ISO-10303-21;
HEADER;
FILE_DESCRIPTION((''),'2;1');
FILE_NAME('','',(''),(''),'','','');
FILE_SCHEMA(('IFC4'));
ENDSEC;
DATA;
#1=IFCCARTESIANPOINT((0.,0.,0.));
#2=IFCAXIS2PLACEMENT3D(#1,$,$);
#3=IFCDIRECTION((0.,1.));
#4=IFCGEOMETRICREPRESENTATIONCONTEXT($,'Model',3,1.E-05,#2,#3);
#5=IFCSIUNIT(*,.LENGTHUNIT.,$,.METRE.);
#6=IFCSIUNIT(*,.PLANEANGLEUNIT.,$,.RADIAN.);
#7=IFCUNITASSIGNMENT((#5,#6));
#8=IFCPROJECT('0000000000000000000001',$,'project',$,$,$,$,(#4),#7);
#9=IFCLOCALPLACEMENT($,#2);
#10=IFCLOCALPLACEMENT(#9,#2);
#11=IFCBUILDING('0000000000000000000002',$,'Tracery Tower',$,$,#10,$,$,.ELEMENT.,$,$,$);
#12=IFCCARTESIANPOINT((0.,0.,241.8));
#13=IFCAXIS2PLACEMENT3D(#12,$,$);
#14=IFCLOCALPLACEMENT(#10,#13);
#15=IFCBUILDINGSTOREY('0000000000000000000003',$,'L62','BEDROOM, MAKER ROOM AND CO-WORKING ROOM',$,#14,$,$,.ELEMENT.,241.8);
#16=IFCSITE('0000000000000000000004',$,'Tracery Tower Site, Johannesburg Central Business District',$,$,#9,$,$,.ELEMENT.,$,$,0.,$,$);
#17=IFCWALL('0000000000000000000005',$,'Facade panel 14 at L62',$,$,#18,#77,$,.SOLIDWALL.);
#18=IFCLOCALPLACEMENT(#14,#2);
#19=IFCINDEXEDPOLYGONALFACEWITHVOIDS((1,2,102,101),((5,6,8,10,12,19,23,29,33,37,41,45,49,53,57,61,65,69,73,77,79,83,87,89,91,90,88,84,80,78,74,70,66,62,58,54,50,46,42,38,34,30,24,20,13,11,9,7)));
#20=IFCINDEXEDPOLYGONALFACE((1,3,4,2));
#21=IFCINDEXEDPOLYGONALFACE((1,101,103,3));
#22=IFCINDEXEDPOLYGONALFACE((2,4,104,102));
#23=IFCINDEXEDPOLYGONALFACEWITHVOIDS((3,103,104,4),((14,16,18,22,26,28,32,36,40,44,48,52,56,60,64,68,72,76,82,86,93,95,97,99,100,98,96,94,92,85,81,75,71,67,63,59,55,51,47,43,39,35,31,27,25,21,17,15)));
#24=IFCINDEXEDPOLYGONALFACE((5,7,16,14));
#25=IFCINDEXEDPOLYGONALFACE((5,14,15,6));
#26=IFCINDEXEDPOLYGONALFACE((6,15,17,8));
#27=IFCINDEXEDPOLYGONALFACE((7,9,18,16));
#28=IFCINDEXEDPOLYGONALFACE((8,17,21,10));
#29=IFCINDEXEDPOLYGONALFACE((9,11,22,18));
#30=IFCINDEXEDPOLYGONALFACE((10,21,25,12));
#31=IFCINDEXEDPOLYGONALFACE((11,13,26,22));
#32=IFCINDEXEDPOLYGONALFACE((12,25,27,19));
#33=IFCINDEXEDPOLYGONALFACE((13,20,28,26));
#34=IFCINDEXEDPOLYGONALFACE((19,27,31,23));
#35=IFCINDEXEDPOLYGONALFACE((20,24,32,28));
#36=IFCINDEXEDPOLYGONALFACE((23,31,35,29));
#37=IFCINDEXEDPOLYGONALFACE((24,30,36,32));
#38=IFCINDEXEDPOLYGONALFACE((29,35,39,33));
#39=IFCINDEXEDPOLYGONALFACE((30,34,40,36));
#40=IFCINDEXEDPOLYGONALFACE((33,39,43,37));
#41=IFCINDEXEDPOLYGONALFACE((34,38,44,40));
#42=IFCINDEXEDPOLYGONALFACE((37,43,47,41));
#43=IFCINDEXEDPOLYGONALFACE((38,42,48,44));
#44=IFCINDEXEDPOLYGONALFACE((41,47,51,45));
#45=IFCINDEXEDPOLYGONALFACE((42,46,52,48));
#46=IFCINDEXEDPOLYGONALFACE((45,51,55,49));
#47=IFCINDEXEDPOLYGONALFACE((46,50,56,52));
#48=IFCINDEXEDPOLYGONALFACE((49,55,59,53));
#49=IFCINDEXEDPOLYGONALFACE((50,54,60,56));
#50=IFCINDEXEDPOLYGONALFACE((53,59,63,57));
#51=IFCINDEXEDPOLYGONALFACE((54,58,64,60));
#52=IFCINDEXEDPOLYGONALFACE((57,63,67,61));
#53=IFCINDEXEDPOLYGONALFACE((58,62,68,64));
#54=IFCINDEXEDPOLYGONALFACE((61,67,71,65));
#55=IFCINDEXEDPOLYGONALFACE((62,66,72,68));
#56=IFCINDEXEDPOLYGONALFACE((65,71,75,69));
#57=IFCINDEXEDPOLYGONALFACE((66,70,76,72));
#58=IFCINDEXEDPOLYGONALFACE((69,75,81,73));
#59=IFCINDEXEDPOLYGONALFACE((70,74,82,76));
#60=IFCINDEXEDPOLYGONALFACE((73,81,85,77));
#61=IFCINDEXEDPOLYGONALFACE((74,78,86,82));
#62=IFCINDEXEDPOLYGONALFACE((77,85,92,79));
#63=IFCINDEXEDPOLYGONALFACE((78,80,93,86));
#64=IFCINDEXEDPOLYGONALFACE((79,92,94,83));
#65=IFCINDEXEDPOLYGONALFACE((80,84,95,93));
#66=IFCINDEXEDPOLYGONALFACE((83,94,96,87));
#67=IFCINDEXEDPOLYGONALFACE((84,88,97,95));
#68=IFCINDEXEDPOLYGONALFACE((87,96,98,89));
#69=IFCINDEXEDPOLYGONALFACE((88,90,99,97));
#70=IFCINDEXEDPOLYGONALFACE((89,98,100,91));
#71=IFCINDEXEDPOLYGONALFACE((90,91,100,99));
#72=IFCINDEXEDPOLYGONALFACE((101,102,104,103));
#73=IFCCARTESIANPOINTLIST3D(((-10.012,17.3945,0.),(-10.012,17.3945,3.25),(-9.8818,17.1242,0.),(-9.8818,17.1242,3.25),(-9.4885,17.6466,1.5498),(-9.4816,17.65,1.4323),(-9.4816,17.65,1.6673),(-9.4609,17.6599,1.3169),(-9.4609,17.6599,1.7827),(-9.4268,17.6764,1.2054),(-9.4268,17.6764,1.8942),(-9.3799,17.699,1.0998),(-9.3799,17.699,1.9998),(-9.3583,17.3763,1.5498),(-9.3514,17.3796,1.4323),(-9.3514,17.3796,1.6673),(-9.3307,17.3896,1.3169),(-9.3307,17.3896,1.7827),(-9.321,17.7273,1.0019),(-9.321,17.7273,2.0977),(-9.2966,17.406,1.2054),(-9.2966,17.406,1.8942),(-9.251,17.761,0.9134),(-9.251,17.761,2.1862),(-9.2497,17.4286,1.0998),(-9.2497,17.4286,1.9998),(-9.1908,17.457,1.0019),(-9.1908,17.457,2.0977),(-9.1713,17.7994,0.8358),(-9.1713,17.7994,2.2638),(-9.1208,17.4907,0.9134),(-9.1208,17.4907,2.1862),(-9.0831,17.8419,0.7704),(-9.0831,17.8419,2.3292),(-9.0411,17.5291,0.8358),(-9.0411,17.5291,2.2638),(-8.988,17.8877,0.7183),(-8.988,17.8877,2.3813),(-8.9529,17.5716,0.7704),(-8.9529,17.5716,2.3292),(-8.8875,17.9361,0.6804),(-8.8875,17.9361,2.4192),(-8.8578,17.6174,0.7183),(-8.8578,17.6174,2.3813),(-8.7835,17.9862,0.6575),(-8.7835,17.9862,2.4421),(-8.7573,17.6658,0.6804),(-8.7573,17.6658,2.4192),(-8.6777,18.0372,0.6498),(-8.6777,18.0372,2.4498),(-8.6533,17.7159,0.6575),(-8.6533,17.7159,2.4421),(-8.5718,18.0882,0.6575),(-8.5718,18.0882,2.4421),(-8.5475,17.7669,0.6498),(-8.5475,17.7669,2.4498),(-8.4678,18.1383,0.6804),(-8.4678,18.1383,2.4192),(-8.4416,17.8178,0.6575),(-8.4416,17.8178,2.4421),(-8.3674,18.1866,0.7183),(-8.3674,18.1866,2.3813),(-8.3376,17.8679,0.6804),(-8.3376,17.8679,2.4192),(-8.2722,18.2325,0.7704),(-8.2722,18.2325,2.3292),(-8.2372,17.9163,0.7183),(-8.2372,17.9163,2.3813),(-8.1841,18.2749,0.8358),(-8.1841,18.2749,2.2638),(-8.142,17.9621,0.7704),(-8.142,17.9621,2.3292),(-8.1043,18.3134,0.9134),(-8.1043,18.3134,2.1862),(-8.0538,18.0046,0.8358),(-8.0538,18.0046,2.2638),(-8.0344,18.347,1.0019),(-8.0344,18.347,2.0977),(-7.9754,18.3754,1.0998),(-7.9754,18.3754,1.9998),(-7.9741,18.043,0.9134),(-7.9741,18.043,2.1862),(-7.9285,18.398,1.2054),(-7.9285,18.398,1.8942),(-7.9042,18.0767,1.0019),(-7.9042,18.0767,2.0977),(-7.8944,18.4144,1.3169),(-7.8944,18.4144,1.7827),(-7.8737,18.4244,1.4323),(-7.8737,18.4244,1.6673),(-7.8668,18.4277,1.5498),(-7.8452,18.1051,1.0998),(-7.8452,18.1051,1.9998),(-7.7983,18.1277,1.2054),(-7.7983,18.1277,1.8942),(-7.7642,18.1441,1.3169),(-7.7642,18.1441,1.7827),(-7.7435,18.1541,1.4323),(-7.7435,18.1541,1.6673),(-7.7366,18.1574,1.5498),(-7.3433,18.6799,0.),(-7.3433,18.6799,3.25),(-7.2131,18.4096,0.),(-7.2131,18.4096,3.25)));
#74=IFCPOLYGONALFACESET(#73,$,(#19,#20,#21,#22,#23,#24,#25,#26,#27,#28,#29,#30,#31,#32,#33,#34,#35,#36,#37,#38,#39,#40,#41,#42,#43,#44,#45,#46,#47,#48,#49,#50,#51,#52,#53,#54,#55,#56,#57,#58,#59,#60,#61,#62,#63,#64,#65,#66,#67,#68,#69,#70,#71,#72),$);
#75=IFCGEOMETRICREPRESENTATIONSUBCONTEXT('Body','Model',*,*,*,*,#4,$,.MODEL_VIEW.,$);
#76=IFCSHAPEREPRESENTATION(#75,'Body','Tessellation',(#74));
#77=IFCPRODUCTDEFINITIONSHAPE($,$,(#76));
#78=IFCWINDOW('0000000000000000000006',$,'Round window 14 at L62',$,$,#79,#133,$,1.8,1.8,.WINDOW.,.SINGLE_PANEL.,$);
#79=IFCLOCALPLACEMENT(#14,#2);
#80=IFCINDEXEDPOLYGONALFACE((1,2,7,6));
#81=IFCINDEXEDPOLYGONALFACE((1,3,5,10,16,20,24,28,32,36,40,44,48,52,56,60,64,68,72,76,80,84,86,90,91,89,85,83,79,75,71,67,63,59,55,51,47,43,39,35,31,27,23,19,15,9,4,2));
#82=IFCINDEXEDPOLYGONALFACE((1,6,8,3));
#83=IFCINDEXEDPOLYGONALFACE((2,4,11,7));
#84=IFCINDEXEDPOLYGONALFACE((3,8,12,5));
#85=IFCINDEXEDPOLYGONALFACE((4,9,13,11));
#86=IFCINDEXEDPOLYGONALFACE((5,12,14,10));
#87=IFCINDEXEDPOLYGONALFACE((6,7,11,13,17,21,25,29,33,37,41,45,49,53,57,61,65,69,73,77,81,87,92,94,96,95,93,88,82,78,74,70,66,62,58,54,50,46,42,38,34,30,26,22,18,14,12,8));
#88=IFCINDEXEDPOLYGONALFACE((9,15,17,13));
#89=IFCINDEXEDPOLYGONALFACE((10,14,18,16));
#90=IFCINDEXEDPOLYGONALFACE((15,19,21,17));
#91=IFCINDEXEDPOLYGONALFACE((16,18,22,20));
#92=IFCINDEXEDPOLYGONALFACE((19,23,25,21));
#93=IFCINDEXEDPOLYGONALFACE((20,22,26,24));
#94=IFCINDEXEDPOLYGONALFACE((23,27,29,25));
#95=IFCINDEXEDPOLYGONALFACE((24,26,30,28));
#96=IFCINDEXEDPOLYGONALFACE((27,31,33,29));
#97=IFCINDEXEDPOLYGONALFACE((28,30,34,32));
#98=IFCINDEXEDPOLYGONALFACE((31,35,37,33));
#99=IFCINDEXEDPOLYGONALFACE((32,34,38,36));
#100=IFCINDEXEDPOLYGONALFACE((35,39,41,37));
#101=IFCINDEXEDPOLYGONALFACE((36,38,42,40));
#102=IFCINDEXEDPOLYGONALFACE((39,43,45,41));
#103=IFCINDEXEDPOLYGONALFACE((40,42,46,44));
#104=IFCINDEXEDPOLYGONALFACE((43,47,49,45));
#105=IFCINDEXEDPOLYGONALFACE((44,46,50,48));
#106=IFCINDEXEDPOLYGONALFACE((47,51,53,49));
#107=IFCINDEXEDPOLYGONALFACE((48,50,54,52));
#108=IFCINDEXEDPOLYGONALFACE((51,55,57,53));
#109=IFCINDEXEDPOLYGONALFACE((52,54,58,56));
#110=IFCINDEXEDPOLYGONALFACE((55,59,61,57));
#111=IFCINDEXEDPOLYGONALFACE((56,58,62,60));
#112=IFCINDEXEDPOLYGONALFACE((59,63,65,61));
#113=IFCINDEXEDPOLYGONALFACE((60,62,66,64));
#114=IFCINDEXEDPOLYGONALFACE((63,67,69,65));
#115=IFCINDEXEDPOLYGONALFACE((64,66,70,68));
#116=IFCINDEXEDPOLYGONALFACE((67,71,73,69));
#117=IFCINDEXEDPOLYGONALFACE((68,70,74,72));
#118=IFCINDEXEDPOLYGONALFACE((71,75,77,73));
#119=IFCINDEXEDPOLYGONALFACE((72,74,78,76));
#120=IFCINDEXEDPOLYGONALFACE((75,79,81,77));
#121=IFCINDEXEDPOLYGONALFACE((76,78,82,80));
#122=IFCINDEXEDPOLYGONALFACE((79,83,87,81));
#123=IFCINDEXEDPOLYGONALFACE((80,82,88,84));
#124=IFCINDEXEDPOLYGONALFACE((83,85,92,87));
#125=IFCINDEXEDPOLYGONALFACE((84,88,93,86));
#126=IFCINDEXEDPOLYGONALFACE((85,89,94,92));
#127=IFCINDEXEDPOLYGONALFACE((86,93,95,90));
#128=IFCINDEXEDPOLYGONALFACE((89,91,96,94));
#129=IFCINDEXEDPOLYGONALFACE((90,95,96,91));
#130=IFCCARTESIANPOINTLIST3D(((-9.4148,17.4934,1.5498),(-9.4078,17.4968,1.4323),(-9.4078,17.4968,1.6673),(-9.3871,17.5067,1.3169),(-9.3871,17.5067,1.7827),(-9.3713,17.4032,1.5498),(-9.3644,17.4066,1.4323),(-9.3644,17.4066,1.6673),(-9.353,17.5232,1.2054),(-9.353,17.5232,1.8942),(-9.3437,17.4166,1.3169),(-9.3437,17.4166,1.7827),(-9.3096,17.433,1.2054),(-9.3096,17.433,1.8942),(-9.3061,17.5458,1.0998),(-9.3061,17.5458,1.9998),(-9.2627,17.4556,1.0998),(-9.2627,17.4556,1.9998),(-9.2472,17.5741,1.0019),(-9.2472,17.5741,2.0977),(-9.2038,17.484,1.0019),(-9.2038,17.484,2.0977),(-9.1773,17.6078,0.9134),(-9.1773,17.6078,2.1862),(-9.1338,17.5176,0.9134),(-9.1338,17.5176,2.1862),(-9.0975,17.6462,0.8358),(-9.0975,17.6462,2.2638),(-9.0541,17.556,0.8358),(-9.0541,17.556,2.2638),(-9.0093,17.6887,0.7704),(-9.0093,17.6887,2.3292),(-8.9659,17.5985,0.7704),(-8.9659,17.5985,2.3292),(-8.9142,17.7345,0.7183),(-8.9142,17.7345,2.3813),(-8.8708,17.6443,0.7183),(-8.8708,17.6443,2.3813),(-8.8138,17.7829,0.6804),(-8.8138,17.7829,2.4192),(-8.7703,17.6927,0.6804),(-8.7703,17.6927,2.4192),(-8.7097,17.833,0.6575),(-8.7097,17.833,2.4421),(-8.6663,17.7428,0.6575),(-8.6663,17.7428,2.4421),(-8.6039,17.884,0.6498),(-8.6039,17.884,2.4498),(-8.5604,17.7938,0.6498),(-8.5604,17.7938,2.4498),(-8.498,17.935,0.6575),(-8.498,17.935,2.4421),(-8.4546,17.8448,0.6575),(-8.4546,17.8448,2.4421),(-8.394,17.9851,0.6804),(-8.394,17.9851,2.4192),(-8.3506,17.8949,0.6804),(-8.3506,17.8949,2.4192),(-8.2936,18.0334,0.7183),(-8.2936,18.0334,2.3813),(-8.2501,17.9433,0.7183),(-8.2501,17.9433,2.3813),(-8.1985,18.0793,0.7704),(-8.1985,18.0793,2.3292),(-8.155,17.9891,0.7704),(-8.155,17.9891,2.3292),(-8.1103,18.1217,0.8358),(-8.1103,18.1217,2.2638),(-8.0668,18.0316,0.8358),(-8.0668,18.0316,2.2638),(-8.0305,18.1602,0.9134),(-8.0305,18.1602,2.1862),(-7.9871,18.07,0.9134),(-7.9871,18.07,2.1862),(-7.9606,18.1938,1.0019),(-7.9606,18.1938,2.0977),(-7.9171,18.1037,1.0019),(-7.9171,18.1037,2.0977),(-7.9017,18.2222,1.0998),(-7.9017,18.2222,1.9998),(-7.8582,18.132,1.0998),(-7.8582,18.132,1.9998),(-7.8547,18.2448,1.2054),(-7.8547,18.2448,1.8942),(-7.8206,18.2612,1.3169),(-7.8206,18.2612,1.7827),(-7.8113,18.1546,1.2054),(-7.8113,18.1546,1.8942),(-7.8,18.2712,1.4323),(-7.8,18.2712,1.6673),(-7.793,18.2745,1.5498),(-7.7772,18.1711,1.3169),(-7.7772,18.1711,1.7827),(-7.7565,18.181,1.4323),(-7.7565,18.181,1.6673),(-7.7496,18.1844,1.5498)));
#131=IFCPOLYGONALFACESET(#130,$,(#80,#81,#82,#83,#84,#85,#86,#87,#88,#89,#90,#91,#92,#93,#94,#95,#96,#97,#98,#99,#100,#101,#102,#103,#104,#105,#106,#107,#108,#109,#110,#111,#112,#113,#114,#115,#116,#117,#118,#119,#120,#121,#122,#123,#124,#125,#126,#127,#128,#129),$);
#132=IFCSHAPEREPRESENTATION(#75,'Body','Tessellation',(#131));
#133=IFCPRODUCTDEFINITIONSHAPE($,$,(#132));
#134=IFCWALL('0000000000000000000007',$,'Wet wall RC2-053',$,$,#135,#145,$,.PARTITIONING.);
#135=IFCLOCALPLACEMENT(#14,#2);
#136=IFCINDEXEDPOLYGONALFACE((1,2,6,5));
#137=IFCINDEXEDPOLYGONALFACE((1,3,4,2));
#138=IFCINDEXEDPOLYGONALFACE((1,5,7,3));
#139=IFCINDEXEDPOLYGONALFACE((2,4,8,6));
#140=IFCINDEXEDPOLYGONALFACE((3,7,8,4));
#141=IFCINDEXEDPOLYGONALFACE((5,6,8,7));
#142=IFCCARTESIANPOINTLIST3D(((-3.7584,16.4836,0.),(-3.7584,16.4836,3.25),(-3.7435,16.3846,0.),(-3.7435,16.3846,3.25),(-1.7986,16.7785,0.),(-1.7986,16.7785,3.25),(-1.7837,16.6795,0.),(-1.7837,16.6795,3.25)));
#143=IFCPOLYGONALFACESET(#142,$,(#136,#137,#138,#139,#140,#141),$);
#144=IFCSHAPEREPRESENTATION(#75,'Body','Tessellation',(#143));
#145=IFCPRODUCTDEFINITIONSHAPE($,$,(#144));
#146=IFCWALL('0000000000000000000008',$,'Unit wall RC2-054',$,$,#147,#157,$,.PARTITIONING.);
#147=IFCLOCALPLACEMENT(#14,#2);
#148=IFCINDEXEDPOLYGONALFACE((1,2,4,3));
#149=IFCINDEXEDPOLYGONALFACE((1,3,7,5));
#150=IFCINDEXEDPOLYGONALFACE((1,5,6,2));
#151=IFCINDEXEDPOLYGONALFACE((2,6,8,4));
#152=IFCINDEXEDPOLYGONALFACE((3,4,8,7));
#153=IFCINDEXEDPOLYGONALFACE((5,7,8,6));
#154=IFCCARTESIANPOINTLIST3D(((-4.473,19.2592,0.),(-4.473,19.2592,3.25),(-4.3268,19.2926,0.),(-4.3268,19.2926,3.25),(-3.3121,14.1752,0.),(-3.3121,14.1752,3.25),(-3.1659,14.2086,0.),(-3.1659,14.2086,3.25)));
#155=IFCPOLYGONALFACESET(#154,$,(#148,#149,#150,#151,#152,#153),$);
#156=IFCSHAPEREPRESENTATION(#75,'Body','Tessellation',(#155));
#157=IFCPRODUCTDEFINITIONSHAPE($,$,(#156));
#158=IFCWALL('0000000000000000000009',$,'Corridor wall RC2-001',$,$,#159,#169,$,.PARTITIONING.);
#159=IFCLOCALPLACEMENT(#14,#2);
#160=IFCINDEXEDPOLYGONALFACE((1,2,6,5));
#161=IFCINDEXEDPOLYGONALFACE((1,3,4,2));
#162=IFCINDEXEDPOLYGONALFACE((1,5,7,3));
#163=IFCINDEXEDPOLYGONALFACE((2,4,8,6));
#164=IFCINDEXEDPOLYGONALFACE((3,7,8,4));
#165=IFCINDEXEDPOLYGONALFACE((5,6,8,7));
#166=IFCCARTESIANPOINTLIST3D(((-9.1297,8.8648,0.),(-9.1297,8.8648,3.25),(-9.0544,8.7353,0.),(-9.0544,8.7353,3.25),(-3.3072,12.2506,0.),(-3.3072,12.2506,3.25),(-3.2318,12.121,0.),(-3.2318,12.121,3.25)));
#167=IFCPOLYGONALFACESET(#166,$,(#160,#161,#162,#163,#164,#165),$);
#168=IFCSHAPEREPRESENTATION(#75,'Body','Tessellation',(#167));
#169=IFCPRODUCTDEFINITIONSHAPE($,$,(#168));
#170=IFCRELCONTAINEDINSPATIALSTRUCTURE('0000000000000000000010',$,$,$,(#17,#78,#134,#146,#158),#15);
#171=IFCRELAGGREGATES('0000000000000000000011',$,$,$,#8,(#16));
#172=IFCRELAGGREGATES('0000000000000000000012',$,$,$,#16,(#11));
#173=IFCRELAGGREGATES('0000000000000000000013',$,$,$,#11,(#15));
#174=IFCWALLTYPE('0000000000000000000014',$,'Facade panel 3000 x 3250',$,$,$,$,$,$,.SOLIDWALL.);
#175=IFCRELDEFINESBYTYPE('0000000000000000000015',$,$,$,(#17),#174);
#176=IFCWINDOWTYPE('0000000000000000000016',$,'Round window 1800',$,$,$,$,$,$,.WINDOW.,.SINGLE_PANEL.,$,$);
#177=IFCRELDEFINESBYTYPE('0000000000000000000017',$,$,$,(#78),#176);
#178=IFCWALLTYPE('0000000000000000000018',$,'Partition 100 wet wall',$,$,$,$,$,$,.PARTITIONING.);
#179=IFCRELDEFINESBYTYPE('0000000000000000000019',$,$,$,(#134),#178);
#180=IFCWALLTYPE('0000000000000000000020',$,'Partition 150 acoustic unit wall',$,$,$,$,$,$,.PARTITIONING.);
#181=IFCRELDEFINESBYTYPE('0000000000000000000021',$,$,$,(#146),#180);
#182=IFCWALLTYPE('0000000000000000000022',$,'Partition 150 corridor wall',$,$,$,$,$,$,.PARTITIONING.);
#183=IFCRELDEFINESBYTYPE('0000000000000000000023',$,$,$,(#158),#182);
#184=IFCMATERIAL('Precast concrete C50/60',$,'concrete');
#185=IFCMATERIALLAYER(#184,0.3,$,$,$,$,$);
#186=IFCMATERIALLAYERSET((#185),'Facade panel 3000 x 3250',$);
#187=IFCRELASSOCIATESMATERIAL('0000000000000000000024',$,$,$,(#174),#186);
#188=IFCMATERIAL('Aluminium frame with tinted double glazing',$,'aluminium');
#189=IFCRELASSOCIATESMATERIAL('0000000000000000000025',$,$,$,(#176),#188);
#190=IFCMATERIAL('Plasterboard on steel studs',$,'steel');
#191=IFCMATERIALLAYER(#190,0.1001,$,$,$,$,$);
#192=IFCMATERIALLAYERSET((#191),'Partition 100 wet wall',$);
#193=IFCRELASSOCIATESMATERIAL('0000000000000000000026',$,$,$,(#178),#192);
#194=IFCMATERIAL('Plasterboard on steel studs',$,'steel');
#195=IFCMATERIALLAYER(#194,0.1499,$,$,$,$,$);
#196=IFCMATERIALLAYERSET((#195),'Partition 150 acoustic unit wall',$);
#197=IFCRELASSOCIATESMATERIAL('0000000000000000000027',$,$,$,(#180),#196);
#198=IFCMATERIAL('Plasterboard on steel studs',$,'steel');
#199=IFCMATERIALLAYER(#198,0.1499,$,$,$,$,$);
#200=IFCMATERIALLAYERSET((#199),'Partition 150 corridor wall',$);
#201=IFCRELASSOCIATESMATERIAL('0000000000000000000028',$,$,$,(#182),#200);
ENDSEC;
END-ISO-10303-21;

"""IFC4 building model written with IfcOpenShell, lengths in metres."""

from ifc_helpers import new_model, si_unit, direction, frame, frame_2d, origin, origin_2d, place, context, subcontext, project, spatial, rectangle, circle, extrude, material, layer, layer_set, type_object, element, fill, save


model = new_model("IFC4")

# Units and contexts
model_context = context("Model", 3, precision=1e-05, world=origin(), true_north=direction((0.0, 1.0)))
body_context = subcontext(model_context, "Body", "Model", "MODEL_VIEW")
ifc_project = project(units=[si_unit("LENGTHUNIT", "METRE"), si_unit("PLANEANGLEUNIT", "RADIAN")], contexts=[model_context])

# Site, building, storey
site_placement = place(None, origin())
site = spatial("IfcSite", under=ifc_project, at=site_placement, Name="Tracery Tower Site, Johannesburg Central Business District", CompositionType="ELEMENT", RefElevation=0.0)
building_placement = place(site_placement, origin())
building = spatial("IfcBuilding", under=site, at=building_placement, Name="Tracery Tower", CompositionType="ELEMENT")
storey_placement = place(building_placement, frame((0.0, 0.0, 241.8)))
storey = spatial("IfcBuildingStorey", under=building, at=storey_placement, Name="L62", Description="BEDROOM, MAKER ROOM AND CO-WORKING ROOM", CompositionType="ELEMENT", Elevation=241.8)

# Wall, opening, window
ifc_material_1 = material(Name="Precast concrete C50/60", Category="concrete")
ifc_layer_1 = layer(ifc_material_1, 0.3)
ifc_layer_set_1 = layer_set([ifc_layer_1], Name="Facade panel 3000 x 3250")
wall_type_1 = type_object("IfcWallType", Name="Facade panel 3000 x 3250", PredefinedType="SOLIDWALL", material=ifc_layer_set_1)
ifc_material_2 = material(Name="Aluminium frame with tinted double glazing", Category="aluminium")
window_type = type_object("IfcWindowType", Name="Round window 1800", PartitioningType="SINGLE_PANEL", PredefinedType="WINDOW", material=ifc_material_2)
wall_1_placement = place(storey_placement, frame((-7.2783, 18.5447, 0.0), z_axis=(0.0, 0.0, 1.0), x_axis=(-0.90094, -0.433944, 0.0)))
wall_1 = element("IfcWall", 1, at=wall_1_placement, inside=storey, type_object=wall_type_1, Name="Facade panel 14 at L62", PredefinedType="SOLIDWALL", context=body_context, shape_type="SweptSolid", body=[
    extrude(rectangle(XDim=2.9622, YDim=0.3, at=frame_2d((1.481, 0.0))), origin(), (0.0, 0.0, 1.0), 3.25),
])
opening_1_placement = place(wall_1_placement, frame((1.481, 0.0, 1.5498)))
opening_1 = element("IfcOpeningElement", 2, at=opening_1_placement, cuts=wall_1, PredefinedType="OPENING", context=body_context, shape_type="SweptSolid", body=[
    extrude(circle(Radius=0.9, at=origin_2d()), frame((0.0, 0.1599, 0.0), z_axis=(0.0, -1.0, 0.0), x_axis=(1.0, 0.0, 0.0)), (0.0, 0.0, 1.0), 0.3201),
])
window_1_placement = place(opening_1_placement, origin())
window_1 = element("IfcWindow", 3, at=window_1_placement, inside=storey, type_object=window_type, Name="Round window 14 at L62", OverallHeight=1.8, OverallWidth=1.8, PartitioningType="SINGLE_PANEL", PredefinedType="WINDOW", context=body_context, shape_type="SweptSolid", body=[
    extrude(circle(Radius=0.9, at=origin_2d()), frame((0.0, 0.1201, 0.0), z_axis=(0.0, -1.0, 0.0), x_axis=(1.0, 0.0, 0.0)), (0.0, 0.0, 1.0), 0.1001),
])
fill(opening_1, window_1)

# Walls
ifc_material_3 = material(Name="Plasterboard on steel studs", Category="steel")
ifc_layer_2 = layer(ifc_material_3, 0.1001)
ifc_layer_set_2 = layer_set([ifc_layer_2], Name="Partition 100 wet wall")
wall_type_2 = type_object("IfcWallType", Name="Partition 100 wet wall", PredefinedType="PARTITIONING", material=ifc_layer_set_2)
wall_2_placement = place(storey_placement, frame((-3.751, 16.4341, 0.0), z_axis=(0.0, 0.0, 1.0), x_axis=(0.988868, 0.148798, 0.0)))
element("IfcWall", 4, at=wall_2_placement, inside=storey, type_object=wall_type_2, Name="Wet wall RC2-053", PredefinedType="PARTITIONING", context=body_context, shape_type="SweptSolid", body=[
    extrude(rectangle(XDim=1.9819, YDim=0.1001, at=frame_2d((0.991, 0.0))), origin(), (0.0, 0.0, 1.0), 3.25),
])
ifc_material_4 = material(Name="Plasterboard on steel studs", Category="steel")
ifc_layer_3 = layer(ifc_material_4, 0.1499)
ifc_layer_set_3 = layer_set([ifc_layer_3], Name="Partition 150 acoustic unit wall")
wall_type_3 = type_object("IfcWallType", Name="Partition 150 acoustic unit wall", PredefinedType="PARTITIONING", material=ifc_layer_set_3)
wall_3_placement = place(storey_placement, frame((-4.3999, 19.2759, 0.0), z_axis=(0.0, 0.0, 1.0), x_axis=(0.222613, -0.974907, 0.0)))
element("IfcWall", 5, at=wall_3_placement, inside=storey, type_object=wall_type_3, Name="Unit wall RC2-054", PredefinedType="PARTITIONING", context=body_context, shape_type="SweptSolid", body=[
    extrude(rectangle(XDim=5.2148, YDim=0.1499, at=frame_2d((2.6074, 0.0))), origin(), (0.0, 0.0, 1.0), 3.25),
])
ifc_material_5 = material(Name="Plasterboard on steel studs", Category="steel")
ifc_layer_4 = layer(ifc_material_5, 0.1499)
ifc_layer_set_4 = layer_set([ifc_layer_4], Name="Partition 150 corridor wall")
wall_type_4 = type_object("IfcWallType", Name="Partition 150 corridor wall", PredefinedType="PARTITIONING", material=ifc_layer_set_4)
wall_4_placement = place(storey_placement, frame((-9.092, 8.8, 0.0), z_axis=(0.0, 0.0, 1.0), x_axis=(0.864471, 0.502683, 0.0)))
element("IfcWall", 6, at=wall_4_placement, inside=storey, type_object=wall_type_4, Name="Corridor wall RC2-001", PredefinedType="PARTITIONING", context=body_context, shape_type="SweptSolid", body=[
    extrude(rectangle(XDim=6.7354, YDim=0.1499, at=frame_2d((3.3677, 0.0))), origin(), (0.0, 0.0, 1.0), 3.25),
])

save(model, "model.ifc")
